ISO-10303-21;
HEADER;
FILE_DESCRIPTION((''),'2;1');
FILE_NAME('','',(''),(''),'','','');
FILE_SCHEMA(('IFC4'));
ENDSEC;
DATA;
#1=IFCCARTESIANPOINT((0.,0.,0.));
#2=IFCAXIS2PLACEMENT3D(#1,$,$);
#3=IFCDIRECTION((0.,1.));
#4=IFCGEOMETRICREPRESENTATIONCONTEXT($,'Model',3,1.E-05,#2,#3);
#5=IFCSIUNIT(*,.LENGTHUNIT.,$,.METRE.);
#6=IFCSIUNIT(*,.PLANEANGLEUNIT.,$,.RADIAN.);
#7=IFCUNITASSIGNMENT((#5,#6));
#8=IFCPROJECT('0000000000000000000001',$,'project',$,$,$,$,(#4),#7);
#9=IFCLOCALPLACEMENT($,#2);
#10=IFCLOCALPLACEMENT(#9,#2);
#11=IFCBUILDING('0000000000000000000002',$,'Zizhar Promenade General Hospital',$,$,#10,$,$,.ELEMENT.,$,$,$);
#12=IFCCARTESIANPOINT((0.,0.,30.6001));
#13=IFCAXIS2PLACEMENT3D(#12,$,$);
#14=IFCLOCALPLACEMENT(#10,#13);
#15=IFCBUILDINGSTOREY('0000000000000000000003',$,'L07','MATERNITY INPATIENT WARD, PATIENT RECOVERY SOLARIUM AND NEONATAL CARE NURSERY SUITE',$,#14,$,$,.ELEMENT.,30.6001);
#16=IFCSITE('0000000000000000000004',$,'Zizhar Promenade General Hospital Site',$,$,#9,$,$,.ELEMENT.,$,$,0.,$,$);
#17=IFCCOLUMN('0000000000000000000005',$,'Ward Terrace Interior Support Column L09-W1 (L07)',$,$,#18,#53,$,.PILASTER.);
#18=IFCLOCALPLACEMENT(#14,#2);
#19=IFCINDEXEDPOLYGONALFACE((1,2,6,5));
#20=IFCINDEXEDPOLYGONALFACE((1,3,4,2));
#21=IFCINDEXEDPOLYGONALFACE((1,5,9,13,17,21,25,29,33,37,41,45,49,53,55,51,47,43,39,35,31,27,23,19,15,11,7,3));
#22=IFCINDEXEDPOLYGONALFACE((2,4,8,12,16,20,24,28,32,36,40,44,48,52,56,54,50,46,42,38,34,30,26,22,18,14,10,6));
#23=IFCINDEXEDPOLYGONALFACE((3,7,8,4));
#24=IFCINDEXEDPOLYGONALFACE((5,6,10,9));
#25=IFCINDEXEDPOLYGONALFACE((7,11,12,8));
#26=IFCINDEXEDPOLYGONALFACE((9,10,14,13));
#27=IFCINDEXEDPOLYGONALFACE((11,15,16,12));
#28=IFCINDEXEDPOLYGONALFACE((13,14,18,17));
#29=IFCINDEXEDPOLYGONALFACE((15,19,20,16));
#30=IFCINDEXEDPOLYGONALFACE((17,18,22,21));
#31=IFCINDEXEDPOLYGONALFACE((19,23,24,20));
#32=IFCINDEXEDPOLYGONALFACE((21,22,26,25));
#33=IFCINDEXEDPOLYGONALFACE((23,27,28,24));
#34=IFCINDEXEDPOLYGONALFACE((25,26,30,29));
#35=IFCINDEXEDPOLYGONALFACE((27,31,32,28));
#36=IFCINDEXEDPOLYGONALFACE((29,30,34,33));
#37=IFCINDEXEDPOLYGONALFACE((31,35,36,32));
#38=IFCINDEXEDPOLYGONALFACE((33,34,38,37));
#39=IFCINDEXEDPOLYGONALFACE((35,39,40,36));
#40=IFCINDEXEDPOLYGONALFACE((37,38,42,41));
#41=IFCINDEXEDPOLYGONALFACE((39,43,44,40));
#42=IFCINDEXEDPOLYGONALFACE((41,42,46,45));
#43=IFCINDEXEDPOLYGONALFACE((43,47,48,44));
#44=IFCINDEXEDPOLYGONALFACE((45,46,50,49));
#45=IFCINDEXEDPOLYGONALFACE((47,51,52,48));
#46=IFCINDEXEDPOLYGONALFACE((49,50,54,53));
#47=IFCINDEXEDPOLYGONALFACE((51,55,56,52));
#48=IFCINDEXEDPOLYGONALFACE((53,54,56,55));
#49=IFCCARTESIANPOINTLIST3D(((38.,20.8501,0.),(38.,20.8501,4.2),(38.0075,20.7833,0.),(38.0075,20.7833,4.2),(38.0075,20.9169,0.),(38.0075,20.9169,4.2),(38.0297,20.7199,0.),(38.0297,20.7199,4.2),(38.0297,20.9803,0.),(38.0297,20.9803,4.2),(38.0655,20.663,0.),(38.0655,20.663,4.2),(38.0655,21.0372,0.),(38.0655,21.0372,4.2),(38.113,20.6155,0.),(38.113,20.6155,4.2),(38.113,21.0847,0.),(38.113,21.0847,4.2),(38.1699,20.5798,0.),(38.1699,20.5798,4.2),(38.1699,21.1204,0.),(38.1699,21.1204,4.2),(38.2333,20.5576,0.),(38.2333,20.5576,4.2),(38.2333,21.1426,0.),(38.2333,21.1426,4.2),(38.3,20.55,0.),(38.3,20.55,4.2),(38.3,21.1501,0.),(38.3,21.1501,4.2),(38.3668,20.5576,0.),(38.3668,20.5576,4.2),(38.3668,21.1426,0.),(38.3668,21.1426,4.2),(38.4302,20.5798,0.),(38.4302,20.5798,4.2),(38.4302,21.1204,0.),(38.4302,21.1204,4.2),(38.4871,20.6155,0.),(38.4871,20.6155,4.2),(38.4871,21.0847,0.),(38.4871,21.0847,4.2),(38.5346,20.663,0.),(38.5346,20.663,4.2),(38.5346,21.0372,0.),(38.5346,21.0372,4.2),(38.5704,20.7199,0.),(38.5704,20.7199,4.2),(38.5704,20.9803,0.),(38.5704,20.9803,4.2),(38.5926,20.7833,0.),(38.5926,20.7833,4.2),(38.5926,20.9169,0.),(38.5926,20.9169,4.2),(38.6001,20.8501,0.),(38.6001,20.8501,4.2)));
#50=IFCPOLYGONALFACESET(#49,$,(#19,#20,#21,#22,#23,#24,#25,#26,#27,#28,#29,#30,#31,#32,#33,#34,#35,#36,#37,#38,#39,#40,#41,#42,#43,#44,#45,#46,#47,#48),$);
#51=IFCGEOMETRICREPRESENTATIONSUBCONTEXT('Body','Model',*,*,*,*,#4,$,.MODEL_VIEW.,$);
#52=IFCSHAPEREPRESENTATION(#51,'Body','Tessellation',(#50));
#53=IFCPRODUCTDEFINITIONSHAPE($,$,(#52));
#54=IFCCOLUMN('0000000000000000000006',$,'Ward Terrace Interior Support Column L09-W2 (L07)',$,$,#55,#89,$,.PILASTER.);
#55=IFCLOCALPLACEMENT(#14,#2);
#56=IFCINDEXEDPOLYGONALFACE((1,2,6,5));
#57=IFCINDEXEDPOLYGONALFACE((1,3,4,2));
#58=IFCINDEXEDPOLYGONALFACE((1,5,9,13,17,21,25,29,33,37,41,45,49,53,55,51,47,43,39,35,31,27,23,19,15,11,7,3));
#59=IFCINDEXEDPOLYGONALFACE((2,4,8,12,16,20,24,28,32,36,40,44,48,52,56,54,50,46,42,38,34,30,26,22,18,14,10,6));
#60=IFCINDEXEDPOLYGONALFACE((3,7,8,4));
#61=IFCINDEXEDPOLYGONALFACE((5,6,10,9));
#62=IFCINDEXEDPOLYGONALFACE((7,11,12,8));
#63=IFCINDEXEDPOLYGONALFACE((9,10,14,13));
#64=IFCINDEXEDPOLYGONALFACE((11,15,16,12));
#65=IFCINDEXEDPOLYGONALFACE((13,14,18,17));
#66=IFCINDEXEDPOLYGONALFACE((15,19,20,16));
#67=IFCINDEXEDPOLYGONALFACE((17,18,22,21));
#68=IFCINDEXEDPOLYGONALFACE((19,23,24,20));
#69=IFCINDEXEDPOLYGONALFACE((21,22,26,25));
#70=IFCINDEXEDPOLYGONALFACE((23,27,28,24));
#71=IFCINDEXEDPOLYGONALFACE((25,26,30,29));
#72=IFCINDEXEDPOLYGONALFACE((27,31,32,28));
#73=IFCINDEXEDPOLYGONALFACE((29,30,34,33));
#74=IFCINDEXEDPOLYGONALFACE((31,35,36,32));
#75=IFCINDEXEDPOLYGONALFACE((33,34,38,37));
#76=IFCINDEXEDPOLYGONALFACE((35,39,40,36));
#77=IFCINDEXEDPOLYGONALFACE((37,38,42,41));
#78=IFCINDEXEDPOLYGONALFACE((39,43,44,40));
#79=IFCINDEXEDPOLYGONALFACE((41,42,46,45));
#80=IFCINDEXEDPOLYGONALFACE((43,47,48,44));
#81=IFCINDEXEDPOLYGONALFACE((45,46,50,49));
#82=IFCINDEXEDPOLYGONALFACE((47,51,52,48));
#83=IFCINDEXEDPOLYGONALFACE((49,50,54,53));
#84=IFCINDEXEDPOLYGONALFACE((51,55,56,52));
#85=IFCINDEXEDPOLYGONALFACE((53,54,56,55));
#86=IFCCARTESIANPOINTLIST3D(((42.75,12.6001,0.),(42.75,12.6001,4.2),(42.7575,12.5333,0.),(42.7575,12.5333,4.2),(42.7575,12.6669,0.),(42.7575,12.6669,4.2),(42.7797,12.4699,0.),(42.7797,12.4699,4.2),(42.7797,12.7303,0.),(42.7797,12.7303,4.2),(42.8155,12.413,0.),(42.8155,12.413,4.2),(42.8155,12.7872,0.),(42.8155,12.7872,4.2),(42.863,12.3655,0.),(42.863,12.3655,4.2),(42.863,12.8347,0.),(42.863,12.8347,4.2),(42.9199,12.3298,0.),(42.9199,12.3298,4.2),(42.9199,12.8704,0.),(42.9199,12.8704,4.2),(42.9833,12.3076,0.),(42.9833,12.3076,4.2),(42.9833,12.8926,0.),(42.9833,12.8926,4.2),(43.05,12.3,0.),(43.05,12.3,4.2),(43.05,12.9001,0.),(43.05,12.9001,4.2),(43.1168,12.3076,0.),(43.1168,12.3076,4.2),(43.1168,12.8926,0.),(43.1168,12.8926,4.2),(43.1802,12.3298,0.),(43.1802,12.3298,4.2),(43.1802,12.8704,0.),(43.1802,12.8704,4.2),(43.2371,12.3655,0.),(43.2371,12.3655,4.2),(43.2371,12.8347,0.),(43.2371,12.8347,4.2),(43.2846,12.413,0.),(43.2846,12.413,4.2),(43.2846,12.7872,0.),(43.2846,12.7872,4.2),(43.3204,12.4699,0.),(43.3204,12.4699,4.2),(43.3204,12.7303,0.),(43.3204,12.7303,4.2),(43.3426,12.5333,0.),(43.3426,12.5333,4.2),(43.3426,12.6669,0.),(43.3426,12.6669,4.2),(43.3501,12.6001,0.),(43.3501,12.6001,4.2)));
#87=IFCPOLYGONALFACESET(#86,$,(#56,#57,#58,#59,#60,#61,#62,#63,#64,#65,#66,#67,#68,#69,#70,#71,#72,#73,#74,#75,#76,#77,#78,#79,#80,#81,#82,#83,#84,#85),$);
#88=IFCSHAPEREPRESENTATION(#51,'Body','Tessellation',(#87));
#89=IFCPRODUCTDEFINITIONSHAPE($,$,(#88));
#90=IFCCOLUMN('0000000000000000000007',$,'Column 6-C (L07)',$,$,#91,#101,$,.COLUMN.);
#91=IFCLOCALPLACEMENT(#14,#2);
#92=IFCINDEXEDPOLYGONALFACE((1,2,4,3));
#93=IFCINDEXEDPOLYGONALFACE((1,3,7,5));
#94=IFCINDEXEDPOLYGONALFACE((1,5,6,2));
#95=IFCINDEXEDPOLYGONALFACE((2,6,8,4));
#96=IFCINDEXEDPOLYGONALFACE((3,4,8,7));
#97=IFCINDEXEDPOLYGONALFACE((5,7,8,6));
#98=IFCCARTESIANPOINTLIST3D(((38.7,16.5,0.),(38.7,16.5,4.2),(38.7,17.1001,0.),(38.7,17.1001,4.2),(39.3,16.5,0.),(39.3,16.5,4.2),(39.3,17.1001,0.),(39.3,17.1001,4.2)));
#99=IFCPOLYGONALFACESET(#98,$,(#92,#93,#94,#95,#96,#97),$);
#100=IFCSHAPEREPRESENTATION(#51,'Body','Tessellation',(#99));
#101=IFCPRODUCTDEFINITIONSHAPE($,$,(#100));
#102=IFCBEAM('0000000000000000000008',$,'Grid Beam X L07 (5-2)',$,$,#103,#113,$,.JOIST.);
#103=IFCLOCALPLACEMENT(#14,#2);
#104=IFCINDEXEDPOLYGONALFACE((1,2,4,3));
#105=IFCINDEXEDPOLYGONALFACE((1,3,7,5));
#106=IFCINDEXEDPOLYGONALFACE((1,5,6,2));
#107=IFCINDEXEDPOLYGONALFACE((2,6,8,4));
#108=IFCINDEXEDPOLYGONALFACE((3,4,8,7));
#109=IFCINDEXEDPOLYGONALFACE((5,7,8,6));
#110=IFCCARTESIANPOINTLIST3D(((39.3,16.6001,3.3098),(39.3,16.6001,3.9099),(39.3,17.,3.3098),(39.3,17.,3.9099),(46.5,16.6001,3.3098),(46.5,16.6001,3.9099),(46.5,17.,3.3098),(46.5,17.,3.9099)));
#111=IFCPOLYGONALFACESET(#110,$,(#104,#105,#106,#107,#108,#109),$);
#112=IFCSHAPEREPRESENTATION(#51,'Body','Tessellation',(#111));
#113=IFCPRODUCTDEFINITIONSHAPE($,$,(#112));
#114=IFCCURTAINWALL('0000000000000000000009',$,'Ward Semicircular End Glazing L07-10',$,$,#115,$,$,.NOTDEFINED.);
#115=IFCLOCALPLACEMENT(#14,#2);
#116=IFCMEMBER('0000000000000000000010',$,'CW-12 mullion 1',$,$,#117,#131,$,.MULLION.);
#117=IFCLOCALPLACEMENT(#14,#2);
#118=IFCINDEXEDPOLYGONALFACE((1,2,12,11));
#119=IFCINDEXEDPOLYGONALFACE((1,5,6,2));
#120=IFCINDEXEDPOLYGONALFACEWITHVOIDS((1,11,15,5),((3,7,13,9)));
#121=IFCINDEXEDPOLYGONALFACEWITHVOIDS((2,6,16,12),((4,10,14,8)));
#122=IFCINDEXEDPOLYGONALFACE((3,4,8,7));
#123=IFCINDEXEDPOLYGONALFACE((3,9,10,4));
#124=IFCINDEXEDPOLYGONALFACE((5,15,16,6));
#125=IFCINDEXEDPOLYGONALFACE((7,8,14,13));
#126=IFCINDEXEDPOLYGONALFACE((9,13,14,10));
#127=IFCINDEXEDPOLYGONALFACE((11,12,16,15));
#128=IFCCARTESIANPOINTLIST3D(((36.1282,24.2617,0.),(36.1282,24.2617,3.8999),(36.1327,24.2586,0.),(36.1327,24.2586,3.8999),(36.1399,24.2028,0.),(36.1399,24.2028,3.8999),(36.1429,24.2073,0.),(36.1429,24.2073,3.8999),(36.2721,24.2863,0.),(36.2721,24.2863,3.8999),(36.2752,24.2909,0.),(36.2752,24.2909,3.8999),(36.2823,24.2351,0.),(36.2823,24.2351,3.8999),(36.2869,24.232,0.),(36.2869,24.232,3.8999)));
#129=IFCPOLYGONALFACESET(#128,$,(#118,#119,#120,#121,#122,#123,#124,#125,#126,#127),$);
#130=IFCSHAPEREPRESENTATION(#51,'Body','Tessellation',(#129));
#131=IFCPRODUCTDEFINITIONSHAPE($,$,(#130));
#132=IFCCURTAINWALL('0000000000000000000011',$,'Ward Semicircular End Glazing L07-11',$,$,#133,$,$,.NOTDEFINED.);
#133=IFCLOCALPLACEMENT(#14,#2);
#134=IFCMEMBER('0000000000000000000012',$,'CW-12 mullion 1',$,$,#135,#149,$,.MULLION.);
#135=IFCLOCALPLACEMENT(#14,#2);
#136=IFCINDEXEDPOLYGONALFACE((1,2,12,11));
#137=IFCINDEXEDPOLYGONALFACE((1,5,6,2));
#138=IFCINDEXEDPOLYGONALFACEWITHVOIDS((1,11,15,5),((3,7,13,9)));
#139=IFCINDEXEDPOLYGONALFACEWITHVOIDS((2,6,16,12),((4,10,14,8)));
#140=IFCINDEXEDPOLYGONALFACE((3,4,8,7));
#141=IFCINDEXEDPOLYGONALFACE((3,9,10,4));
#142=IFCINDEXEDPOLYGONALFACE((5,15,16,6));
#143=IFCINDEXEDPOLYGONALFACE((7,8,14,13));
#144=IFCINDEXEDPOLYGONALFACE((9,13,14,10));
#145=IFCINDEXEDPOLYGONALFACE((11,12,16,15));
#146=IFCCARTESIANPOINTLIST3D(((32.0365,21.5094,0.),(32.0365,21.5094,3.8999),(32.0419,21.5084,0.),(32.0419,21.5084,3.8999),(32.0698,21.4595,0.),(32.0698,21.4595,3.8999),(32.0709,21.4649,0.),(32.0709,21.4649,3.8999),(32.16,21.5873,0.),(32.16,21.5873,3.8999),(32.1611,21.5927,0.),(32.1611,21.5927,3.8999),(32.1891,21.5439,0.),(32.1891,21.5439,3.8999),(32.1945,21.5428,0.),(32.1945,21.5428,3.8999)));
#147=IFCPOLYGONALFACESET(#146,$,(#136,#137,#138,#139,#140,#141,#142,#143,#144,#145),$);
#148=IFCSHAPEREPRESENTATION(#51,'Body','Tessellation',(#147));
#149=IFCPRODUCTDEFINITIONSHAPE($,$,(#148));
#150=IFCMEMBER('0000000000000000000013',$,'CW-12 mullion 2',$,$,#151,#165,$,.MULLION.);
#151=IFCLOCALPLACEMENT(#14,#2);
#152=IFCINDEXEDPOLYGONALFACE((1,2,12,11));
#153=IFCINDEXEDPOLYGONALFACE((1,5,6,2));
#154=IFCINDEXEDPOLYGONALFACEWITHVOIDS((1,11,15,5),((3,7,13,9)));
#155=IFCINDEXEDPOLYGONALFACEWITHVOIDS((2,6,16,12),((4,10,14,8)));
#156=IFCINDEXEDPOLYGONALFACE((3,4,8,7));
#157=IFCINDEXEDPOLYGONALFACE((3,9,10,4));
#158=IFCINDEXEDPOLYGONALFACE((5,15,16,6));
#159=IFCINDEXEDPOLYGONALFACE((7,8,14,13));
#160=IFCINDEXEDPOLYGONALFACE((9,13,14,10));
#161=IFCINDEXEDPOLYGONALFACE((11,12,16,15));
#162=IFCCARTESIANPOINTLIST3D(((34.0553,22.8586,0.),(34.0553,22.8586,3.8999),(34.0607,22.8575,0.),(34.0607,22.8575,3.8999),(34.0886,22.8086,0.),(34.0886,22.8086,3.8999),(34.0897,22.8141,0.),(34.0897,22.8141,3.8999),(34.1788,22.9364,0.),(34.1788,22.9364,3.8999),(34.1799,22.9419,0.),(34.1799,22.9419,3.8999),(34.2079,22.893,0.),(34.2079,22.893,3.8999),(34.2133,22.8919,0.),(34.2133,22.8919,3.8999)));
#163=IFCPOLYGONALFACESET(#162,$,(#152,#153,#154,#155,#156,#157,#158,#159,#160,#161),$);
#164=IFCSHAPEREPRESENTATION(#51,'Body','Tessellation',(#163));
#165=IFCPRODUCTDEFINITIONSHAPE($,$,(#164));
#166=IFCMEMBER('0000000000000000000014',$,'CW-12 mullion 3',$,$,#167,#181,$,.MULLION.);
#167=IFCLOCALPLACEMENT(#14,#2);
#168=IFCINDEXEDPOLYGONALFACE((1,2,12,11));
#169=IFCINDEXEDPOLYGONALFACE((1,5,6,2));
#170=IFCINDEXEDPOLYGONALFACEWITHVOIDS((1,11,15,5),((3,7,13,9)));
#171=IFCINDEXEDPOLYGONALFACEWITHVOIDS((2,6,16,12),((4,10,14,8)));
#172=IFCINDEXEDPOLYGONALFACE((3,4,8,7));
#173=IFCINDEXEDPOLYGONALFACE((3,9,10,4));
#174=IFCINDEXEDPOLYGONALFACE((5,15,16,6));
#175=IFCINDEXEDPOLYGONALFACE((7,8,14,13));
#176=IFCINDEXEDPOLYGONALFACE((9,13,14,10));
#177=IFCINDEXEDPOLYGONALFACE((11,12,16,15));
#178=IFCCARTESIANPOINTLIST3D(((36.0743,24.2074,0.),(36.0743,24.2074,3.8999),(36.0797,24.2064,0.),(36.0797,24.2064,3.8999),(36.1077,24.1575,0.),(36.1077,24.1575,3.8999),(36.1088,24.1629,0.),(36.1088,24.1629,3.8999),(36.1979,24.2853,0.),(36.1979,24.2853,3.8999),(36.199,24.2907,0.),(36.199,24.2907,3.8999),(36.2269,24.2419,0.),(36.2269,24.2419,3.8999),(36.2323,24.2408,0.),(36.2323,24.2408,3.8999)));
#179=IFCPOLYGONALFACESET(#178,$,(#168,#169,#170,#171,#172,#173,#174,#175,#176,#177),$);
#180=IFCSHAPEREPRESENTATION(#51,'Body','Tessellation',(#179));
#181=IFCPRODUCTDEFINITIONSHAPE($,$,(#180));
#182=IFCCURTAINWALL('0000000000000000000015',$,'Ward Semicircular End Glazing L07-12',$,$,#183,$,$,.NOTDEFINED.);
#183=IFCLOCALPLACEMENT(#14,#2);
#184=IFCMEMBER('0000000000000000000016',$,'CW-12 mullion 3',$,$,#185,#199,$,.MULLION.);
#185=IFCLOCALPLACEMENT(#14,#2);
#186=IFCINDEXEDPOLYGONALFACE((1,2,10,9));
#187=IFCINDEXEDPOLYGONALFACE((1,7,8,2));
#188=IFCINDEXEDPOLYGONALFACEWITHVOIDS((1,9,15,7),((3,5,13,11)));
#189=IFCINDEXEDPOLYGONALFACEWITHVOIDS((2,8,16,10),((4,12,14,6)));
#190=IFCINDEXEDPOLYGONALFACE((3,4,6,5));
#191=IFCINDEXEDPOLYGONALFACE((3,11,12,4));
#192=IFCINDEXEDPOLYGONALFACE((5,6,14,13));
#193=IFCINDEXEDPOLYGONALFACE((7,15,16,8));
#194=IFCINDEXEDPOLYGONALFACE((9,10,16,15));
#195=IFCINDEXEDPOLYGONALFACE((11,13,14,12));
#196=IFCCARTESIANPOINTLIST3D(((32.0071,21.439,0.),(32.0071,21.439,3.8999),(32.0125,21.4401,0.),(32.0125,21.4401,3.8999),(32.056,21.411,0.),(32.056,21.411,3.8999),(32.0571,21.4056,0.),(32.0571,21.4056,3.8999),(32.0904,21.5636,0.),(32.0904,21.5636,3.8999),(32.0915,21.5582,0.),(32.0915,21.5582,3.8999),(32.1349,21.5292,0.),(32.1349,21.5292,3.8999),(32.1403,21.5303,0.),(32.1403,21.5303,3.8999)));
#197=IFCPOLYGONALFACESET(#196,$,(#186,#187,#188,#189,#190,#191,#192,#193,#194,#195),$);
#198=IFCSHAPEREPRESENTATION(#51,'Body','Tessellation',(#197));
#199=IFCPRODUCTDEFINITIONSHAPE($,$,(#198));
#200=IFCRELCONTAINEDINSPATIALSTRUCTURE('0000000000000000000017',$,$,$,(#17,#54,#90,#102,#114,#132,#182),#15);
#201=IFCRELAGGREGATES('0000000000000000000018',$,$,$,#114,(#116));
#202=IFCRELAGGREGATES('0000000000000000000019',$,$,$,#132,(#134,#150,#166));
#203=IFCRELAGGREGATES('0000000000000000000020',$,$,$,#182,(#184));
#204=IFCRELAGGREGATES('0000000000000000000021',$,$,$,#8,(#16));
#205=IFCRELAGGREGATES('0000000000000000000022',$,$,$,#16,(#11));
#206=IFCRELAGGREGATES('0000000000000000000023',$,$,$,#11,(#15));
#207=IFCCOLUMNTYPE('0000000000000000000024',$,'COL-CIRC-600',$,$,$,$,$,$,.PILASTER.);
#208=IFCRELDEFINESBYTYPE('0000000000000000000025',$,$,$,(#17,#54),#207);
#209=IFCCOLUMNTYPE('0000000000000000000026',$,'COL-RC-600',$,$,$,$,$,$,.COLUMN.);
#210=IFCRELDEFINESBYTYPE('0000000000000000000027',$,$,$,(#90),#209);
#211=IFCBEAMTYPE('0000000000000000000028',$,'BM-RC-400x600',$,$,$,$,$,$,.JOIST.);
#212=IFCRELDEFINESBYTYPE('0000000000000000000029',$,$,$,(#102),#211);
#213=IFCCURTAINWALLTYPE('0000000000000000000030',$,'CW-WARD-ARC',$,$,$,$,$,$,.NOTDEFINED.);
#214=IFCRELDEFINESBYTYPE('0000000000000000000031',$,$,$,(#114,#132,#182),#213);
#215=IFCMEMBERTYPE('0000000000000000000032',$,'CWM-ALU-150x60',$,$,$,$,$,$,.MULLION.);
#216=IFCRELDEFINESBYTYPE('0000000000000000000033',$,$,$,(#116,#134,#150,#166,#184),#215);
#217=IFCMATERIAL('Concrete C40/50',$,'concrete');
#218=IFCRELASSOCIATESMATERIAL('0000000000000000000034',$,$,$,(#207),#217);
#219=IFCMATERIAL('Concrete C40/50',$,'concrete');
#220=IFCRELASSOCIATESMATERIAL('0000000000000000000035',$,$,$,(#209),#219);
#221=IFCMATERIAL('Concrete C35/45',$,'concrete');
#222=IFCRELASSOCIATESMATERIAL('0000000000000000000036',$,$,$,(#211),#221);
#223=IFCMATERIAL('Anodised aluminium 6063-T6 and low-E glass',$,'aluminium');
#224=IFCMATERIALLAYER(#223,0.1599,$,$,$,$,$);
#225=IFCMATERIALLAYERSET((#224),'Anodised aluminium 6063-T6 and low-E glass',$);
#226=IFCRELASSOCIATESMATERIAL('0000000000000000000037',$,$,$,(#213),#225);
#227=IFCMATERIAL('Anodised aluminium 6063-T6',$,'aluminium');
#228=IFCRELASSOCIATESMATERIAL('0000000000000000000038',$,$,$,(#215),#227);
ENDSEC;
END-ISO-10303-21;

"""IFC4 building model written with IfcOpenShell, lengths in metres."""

from ifc_helpers import new_model, si_unit, direction, frame, origin, origin_2d, place, context, subcontext, project, spatial, rectangle, hollow_rectangle, circle, extrude, material, layer, layer_set, material_profile, profile_set, type_object, element, aggregate, save


model = new_model("IFC4")

# Units and contexts
model_context = context("Model", 3, precision=1e-05, world=origin(), true_north=direction((0.0, 1.0)))
body_context = subcontext(model_context, "Body", "Model", "MODEL_VIEW")
ifc_project = project(units=[si_unit("LENGTHUNIT", "METRE"), si_unit("PLANEANGLEUNIT", "RADIAN")], contexts=[model_context])

# Site, building, storey
site_placement = place(None, origin())
site = spatial("IfcSite", under=ifc_project, at=site_placement, Name="Zizhar Promenade General Hospital Site", CompositionType="ELEMENT", RefElevation=0.0)
building_placement = place(site_placement, origin())
building = spatial("IfcBuilding", under=site, at=building_placement, Name="Zizhar Promenade General Hospital", CompositionType="ELEMENT")
storey_placement = place(building_placement, frame((0.0, 0.0, 30.6001)))
storey = spatial("IfcBuildingStorey", under=building, at=storey_placement, Name="L07", Description="MATERNITY INPATIENT WARD, PATIENT RECOVERY SOLARIUM AND NEONATAL CARE NURSERY SUITE", CompositionType="ELEMENT", Elevation=30.6001)

# Columns
ifc_material_1 = material(Name="Concrete C40/50", Category="concrete")
ifc_material_profile_1 = material_profile(ifc_material_1, circle(Radius=0.3, at=origin_2d()))
ifc_profile_set_1 = profile_set([ifc_material_profile_1], Name="Concrete C40/50")
column_type_1 = type_object("IfcColumnType", Name="COL-CIRC-600", PredefinedType="PILASTER", material=ifc_profile_set_1)
for number, where, z_axis, x_axis, name in (
    (1, (38.3, 20.8501, 0.0), (0.0, 0.0, 1.0), (1.0, 0.0, 0.0), "Ward Terrace Interior Support Column L09-W1 (L07)"),
    (2, (43.05, 12.6001, 0.0), (0.0, 0.0, 1.0), (1.0, 0.0, 0.0), "Ward Terrace Interior Support Column L09-W2 (L07)"),
):
    element("IfcColumn", number, at=place(storey_placement, frame(where, z_axis=z_axis, x_axis=x_axis)), inside=storey, type_object=column_type_1, Name=name, PredefinedType="PILASTER", context=body_context, shape_type="SweptSolid", body=[
        extrude(circle(Radius=0.3, at=origin_2d()), origin(), (0.0, 0.0, 1.0), 4.2),
    ])
ifc_material_2 = material(Name="Concrete C40/50", Category="concrete")
ifc_material_profile_2 = material_profile(ifc_material_2, rectangle(XDim=0.6001, YDim=0.6001, at=origin_2d()))
ifc_profile_set_2 = profile_set([ifc_material_profile_2], Name="Concrete C40/50")
column_type_2 = type_object("IfcColumnType", Name="COL-RC-600", PredefinedType="COLUMN", material=ifc_profile_set_2)
column_placement = place(storey_placement, frame((39.0, 16.8, 0.0), z_axis=(0.0, 0.0, 1.0), x_axis=(1.0, 0.0, 0.0)))
element("IfcColumn", 3, at=column_placement, inside=storey, type_object=column_type_2, Name="Column 6-C (L07)", PredefinedType="COLUMN", context=body_context, shape_type="SweptSolid", body=[
    extrude(rectangle(XDim=0.6001, YDim=0.6001, at=origin_2d()), origin(), (0.0, 0.0, 1.0), 4.2),
])

# Beam
ifc_material_3 = material(Name="Concrete C35/45", Category="concrete")
ifc_material_profile_3 = material_profile(ifc_material_3, rectangle(XDim=0.3999, YDim=0.6001, at=origin_2d()))
ifc_profile_set_3 = profile_set([ifc_material_profile_3], Name="Concrete C35/45")
beam_type = type_object("IfcBeamType", Name="BM-RC-400x600", PredefinedType="JOIST", material=ifc_profile_set_3)
beam_placement = place(storey_placement, frame((39.3, 16.8, 3.6099), z_axis=(1.0, 0.0, 0.0), x_axis=(0.0, 1.0, 0.0)))
element("IfcBeam", 4, at=beam_placement, inside=storey, type_object=beam_type, Name="Grid Beam X L07 (5-2)", PredefinedType="JOIST", context=body_context, shape_type="SweptSolid", body=[
    extrude(rectangle(XDim=0.3999, YDim=0.6001, at=origin_2d()), origin(), (0.0, 0.0, 1.0), 7.2),
])

# Curtain wall, member
ifc_material_4 = material(Name="Anodised aluminium 6063-T6 and low-E glass", Category="aluminium")
ifc_layer_1 = layer(ifc_material_4, 0.1599)
ifc_layer_set_1 = layer_set([ifc_layer_1], Name="Anodised aluminium 6063-T6 and low-E glass")
curtain_wall_type = type_object("IfcCurtainWallType", Name="CW-WARD-ARC", PredefinedType="NOTDEFINED", material=ifc_layer_set_1)
curtain_wall_1_placement = place(storey_placement, origin())
curtain_wall_1 = element("IfcCurtainWall", 5, at=curtain_wall_1_placement, inside=storey, type_object=curtain_wall_type, Name="Ward Semicircular End Glazing L07-10", PredefinedType="NOTDEFINED")
ifc_material_5 = material(Name="Anodised aluminium 6063-T6", Category="aluminium")
ifc_material_profile_4 = material_profile(ifc_material_5, hollow_rectangle(XDim=0.0601, YDim=0.1499, WallThickness=0.0039, at=origin_2d()))
ifc_profile_set_4 = profile_set([ifc_material_profile_4], Name="Anodised aluminium 6063-T6")
member_type_1 = type_object("IfcMemberType", Name="CWM-ALU-150x60", PredefinedType="MULLION", material=ifc_profile_set_4)
member_1_placement = place(storey_placement, frame((36.2075, 24.2468, 0.0), z_axis=(0.0, 0.0, 1.0), x_axis=(-0.195087, 0.980786, 0.0)))
member_1 = element("IfcMember", 6, at=member_1_placement, type_object=member_type_1, Name="CW-12 mullion 1", PredefinedType="MULLION", context=body_context, shape_type="SweptSolid", body=[
    extrude(hollow_rectangle(XDim=0.0601, YDim=0.1499, WallThickness=0.0039, at=origin_2d()), origin(), (0.0, 0.0, 1.0), 3.8999),
])

# Curtain wall, members
curtain_wall_2_placement = place(storey_placement, origin())
curtain_wall_2 = element("IfcCurtainWall", 7, at=curtain_wall_2_placement, inside=storey, type_object=curtain_wall_type, Name="Ward Semicircular End Glazing L07-11", PredefinedType="NOTDEFINED")
member_2_placement = place(storey_placement, frame((32.1155, 21.5261, 0.0), z_axis=(0.0, 0.0, 1.0), x_axis=(-0.555582, 0.831462, 0.0)))
member_2 = element("IfcMember", 8, at=member_2_placement, type_object=member_type_1, Name="CW-12 mullion 1", PredefinedType="MULLION", context=body_context, shape_type="SweptSolid", body=[
    extrude(hollow_rectangle(XDim=0.0601, YDim=0.1499, WallThickness=0.0039, at=origin_2d()), origin(), (0.0, 0.0, 1.0), 3.8999),
])
member_3_placement = place(storey_placement, frame((34.1343, 22.8752, 0.0), z_axis=(0.0, 0.0, 1.0), x_axis=(-0.555582, 0.831462, 0.0)))
member_3 = element("IfcMember", 9, at=member_3_placement, type_object=member_type_1, Name="CW-12 mullion 2", PredefinedType="MULLION", context=body_context, shape_type="SweptSolid", body=[
    extrude(hollow_rectangle(XDim=0.0601, YDim=0.1499, WallThickness=0.0039, at=origin_2d()), origin(), (0.0, 0.0, 1.0), 3.8999),
])
member_4_placement = place(storey_placement, frame((36.1533, 24.2241, 0.0), z_axis=(0.0, 0.0, 1.0), x_axis=(-0.555582, 0.831462, 0.0)))
member_4 = element("IfcMember", 10, at=member_4_placement, type_object=member_type_1, Name="CW-12 mullion 3", PredefinedType="MULLION", context=body_context, shape_type="SweptSolid", body=[
    extrude(hollow_rectangle(XDim=0.0601, YDim=0.1499, WallThickness=0.0039, at=origin_2d()), origin(), (0.0, 0.0, 1.0), 3.8999),
])

# Curtain wall, member
curtain_wall_3_placement = place(storey_placement, origin())
curtain_wall_3 = element("IfcCurtainWall", 11, at=curtain_wall_3_placement, inside=storey, type_object=curtain_wall_type, Name="Ward Semicircular End Glazing L07-12", PredefinedType="NOTDEFINED")
member_5_placement = place(storey_placement, frame((32.0737, 21.4846, 0.0), z_axis=(0.0, 0.0, 1.0), x_axis=(-0.831462, 0.555582, 0.0)))
member_5 = element("IfcMember", 12, at=member_5_placement, type_object=member_type_1, Name="CW-12 mullion 3", PredefinedType="MULLION", context=body_context, shape_type="SweptSolid", body=[
    extrude(hollow_rectangle(XDim=0.0601, YDim=0.1499, WallThickness=0.0039, at=origin_2d()), origin(), (0.0, 0.0, 1.0), 3.8999),
])

aggregate(curtain_wall_1, [member_1])

aggregate(curtain_wall_2, [member_2, member_3, member_4])
aggregate(curtain_wall_3, [member_5])

save(model, "model.ifc")
